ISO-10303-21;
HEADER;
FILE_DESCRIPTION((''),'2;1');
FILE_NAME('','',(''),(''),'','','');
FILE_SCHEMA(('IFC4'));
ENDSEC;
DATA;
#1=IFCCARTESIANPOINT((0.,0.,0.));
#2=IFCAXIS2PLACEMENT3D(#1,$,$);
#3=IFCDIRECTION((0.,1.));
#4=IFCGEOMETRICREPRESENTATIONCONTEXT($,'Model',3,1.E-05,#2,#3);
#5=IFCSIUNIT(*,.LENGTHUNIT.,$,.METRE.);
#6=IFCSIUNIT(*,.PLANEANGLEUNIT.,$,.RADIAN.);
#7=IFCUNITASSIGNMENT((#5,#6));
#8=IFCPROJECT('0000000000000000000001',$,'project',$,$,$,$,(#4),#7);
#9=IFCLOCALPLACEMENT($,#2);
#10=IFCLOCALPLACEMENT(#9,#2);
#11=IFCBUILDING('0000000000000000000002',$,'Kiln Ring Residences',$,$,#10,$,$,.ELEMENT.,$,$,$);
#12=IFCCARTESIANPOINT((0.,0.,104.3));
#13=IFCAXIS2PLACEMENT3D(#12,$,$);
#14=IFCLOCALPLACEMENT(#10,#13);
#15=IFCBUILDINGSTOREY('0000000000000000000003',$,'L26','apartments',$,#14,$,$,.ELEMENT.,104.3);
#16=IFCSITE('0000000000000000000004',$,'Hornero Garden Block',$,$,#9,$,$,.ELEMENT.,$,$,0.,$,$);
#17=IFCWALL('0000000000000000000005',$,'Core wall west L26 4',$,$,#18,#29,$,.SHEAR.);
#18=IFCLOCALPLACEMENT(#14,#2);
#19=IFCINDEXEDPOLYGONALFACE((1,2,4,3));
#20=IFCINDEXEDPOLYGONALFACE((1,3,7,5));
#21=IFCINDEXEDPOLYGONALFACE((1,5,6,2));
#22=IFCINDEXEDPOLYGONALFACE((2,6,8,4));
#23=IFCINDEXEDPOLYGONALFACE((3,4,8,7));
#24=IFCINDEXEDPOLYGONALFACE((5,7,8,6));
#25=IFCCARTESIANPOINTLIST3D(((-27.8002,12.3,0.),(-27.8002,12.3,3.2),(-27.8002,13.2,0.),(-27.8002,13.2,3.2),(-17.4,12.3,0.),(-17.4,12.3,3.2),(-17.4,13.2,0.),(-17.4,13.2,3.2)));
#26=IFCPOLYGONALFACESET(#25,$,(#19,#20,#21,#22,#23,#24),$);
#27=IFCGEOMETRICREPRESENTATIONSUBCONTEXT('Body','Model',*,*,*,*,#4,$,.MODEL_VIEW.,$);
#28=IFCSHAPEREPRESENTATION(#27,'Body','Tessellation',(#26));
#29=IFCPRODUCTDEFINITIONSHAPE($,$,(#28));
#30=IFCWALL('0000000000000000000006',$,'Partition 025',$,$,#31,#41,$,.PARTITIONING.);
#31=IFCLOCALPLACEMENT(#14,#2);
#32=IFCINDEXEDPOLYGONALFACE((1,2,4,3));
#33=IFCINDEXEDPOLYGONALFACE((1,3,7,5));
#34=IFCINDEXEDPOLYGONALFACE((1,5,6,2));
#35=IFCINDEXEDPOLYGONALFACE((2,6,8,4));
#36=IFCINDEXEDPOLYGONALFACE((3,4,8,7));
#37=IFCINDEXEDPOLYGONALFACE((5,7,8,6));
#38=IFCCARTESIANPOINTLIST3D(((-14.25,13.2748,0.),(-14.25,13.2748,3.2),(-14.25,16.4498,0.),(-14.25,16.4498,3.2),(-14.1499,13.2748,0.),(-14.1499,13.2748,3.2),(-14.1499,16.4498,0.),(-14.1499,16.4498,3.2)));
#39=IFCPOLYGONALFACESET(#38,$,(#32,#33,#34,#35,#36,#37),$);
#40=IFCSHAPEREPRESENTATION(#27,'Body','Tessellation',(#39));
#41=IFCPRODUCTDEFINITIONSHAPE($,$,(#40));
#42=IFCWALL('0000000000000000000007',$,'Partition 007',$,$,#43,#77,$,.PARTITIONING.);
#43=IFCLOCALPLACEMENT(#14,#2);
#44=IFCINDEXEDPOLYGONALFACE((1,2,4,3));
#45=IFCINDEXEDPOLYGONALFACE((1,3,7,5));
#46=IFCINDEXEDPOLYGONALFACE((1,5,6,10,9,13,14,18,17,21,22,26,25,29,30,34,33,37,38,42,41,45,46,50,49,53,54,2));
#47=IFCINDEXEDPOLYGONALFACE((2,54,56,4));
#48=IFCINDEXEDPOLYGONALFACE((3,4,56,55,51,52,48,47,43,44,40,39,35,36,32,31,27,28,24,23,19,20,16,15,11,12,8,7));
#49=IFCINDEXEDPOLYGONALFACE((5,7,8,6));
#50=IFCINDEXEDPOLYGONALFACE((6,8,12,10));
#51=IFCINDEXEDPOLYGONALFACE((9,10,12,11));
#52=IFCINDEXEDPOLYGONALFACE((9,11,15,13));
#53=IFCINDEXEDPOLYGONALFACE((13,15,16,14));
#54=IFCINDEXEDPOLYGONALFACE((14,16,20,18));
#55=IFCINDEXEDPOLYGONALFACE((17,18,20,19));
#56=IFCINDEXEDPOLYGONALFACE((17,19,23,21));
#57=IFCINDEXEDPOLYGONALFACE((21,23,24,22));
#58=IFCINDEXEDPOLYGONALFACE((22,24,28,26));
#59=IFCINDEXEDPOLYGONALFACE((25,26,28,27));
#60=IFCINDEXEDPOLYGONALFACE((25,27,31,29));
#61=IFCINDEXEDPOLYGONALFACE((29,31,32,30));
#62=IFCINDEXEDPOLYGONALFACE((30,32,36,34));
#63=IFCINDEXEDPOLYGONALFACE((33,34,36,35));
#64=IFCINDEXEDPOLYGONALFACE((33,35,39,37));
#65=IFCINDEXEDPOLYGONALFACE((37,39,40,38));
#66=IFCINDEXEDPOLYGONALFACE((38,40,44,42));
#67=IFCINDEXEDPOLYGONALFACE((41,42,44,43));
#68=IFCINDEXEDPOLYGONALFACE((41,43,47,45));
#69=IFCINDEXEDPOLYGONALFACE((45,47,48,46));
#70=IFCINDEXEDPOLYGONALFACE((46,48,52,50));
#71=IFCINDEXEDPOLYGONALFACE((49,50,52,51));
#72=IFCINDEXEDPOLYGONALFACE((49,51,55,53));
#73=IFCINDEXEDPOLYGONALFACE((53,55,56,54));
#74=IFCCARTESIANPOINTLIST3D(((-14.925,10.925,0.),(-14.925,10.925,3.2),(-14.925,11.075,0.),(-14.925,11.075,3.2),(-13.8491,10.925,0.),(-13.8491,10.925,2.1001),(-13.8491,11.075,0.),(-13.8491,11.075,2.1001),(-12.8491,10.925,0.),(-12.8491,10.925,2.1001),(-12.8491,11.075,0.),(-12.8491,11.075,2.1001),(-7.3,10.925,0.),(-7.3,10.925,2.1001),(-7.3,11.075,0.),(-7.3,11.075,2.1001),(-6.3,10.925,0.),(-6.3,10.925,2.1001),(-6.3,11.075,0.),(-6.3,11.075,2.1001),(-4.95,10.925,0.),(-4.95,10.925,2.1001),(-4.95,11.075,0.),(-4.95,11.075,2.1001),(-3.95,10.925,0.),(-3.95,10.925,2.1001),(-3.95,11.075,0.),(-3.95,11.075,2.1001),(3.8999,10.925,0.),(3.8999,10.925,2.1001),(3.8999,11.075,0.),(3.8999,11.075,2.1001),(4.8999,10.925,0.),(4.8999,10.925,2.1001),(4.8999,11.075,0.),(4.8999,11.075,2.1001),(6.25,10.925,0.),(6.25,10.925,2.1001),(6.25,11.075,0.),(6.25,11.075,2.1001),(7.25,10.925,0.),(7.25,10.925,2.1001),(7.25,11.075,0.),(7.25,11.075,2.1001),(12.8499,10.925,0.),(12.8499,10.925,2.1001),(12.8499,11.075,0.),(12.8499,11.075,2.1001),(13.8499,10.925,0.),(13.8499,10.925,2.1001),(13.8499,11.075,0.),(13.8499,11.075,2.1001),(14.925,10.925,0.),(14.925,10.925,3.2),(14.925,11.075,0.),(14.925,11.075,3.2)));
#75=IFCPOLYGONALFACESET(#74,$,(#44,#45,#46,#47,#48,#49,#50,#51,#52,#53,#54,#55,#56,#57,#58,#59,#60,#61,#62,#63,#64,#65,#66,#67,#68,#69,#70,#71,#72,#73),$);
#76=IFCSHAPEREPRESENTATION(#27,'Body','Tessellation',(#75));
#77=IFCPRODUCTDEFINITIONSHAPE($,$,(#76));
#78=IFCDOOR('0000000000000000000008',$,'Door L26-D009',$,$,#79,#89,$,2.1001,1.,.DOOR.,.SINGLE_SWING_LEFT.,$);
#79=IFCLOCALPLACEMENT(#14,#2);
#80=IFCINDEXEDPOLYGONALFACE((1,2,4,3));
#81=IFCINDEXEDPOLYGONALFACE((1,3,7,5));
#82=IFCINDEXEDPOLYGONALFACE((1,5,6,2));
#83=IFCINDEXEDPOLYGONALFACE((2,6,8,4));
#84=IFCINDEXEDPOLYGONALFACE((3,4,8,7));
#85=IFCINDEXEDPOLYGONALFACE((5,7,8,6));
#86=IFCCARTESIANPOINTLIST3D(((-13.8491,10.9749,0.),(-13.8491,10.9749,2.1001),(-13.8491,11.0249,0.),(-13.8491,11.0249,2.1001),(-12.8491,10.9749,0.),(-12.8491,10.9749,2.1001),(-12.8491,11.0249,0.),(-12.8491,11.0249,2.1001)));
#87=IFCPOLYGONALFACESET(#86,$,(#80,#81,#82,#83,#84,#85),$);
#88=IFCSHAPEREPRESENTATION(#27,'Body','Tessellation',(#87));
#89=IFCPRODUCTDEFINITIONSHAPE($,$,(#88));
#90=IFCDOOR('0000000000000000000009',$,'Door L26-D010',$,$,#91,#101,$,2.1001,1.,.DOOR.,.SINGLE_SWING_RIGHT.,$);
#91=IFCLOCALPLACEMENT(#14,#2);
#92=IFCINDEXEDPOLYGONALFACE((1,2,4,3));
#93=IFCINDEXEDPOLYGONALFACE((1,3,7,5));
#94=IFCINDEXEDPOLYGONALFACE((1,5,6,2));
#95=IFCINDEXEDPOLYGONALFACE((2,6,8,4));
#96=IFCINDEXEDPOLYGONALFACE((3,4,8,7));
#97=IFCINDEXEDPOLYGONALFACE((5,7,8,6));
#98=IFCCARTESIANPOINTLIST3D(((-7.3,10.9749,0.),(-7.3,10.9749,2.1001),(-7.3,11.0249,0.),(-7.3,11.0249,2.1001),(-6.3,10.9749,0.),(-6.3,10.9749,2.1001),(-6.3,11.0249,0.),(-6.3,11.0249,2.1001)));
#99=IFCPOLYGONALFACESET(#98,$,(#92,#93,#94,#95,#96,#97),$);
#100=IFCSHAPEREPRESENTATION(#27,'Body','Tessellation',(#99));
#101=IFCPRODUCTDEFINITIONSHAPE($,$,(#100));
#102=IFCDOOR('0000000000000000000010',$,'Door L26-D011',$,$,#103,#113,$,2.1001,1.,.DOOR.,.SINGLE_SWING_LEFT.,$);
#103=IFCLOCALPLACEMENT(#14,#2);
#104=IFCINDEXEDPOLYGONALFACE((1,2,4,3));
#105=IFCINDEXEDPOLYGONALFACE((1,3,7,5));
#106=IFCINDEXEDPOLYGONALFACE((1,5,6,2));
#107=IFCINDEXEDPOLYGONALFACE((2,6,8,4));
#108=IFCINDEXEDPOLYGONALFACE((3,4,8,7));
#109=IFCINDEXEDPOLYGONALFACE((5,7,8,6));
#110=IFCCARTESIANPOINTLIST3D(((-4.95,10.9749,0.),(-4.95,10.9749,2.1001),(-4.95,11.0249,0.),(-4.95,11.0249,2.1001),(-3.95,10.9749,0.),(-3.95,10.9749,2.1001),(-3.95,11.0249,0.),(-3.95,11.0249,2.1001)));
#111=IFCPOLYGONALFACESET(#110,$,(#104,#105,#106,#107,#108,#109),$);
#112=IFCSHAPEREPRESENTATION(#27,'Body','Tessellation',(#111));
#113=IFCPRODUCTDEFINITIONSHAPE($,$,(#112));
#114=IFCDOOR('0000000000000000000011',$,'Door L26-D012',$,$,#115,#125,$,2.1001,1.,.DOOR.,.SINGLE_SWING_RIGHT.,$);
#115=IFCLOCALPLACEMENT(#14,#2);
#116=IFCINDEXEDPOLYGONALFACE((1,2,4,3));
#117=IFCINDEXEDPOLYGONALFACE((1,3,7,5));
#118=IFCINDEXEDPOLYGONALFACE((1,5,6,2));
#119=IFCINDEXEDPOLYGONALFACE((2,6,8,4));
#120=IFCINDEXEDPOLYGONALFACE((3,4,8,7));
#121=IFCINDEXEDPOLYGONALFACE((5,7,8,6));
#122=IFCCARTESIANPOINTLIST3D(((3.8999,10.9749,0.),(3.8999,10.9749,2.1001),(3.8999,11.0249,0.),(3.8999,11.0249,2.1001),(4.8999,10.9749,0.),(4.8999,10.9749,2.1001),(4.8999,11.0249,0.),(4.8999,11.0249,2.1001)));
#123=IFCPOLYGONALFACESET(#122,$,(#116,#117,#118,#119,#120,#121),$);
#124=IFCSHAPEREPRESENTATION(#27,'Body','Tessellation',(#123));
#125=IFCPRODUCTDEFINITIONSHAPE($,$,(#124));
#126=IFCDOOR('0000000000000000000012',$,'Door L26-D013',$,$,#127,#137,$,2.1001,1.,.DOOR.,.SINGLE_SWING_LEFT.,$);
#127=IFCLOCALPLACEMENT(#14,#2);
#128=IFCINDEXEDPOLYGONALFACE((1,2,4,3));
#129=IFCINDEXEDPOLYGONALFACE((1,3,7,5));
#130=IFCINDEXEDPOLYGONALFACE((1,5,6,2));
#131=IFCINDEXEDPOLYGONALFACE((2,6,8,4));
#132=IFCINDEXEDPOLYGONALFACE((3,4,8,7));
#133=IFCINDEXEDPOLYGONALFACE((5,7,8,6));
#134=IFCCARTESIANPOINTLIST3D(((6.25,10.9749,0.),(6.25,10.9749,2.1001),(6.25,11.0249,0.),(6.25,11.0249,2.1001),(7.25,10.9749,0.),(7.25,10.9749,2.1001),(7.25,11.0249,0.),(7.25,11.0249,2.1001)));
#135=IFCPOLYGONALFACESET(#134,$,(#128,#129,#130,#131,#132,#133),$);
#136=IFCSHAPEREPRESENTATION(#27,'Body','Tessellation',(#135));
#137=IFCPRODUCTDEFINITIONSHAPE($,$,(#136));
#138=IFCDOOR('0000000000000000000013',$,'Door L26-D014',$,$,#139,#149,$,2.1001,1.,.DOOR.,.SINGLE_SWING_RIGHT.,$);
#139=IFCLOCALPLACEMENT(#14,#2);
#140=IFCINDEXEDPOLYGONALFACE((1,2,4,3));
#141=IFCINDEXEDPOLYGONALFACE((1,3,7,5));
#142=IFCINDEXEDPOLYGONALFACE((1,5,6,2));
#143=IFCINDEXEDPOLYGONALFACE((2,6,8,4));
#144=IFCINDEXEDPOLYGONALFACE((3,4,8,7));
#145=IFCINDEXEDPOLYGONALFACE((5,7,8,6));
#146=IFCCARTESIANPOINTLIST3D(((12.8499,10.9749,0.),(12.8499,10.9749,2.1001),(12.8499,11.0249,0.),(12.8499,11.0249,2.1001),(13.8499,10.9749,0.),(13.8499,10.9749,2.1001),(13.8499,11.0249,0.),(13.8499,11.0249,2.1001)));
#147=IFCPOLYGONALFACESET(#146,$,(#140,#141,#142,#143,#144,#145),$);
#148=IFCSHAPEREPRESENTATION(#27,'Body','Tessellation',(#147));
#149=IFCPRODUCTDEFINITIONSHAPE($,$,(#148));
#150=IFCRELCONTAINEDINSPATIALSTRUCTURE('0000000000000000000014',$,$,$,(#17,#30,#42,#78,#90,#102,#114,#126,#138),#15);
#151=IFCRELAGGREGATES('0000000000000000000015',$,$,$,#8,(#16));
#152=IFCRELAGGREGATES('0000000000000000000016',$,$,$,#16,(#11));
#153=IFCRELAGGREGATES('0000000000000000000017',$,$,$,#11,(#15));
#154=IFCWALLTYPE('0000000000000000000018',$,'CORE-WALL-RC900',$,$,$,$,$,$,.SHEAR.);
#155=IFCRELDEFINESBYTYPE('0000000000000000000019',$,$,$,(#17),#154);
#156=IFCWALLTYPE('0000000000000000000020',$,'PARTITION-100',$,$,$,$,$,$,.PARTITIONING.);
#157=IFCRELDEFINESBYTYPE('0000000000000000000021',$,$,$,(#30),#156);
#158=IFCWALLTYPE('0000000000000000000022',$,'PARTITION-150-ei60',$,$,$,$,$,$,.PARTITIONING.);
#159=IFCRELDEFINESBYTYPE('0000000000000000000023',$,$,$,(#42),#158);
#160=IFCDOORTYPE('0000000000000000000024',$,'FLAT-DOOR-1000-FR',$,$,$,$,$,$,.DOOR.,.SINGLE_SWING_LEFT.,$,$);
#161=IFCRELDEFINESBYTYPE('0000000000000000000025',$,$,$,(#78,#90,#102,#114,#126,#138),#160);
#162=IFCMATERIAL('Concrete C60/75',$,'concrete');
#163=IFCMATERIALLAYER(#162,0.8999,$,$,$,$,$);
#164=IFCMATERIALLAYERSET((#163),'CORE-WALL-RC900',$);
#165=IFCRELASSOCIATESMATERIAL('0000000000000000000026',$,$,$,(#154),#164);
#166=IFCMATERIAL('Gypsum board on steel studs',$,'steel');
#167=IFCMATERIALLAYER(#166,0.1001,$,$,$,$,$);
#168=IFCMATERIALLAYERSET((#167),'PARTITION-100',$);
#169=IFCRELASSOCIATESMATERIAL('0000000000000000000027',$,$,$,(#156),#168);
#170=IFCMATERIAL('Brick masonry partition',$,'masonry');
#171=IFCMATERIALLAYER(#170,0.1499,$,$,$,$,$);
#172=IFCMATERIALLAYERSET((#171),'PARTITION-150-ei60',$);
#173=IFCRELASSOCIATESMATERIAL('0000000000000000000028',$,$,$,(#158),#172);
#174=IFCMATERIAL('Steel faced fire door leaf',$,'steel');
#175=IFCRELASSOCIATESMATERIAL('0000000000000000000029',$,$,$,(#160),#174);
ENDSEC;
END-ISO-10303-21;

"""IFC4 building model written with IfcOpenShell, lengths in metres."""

from ifc_helpers import new_model, si_unit, direction, frame, frame_2d, origin, place, context, subcontext, project, spatial, rectangle, extrude, material, layer, layer_set, type_object, element, fill, save


model = new_model("IFC4")

# Units and contexts
model_context = context("Model", 3, precision=1e-05, world=origin(), true_north=direction((0.0, 1.0)))
body_context = subcontext(model_context, "Body", "Model", "MODEL_VIEW")
ifc_project = project(units=[si_unit("LENGTHUNIT", "METRE"), si_unit("PLANEANGLEUNIT", "RADIAN")], contexts=[model_context])

# Site, building, storey
site_placement = place(None, origin())
site = spatial("IfcSite", under=ifc_project, at=site_placement, Name="Hornero Garden Block", CompositionType="ELEMENT", RefElevation=0.0)
building_placement = place(site_placement, origin())
building = spatial("IfcBuilding", under=site, at=building_placement, Name="Kiln Ring Residences", CompositionType="ELEMENT")
storey_placement = place(building_placement, frame((0.0, 0.0, 104.3)))
storey = spatial("IfcBuildingStorey", under=building, at=storey_placement, Name="L26", Description="apartments", CompositionType="ELEMENT", Elevation=104.3)

# Walls
ifc_material_1 = material(Name="Concrete C60/75", Category="concrete")
ifc_layer_1 = layer(ifc_material_1, 0.8999)
ifc_layer_set_1 = layer_set([ifc_layer_1], Name="CORE-WALL-RC900")
wall_type_1 = type_object("IfcWallType", Name="CORE-WALL-RC900", PredefinedType="SHEAR", material=ifc_layer_set_1)
wall_1_placement = place(storey_placement, frame((-17.3999, 12.75, 0.0), z_axis=(0.0, 0.0, 1.0), x_axis=(-1.0, 0.0, 0.0)))
element("IfcWall", 1, at=wall_1_placement, inside=storey, type_object=wall_type_1, Name="Core wall west L26 4", PredefinedType="SHEAR", context=body_context, shape_type="SweptSolid", body=[
    extrude(rectangle(XDim=10.4001, YDim=0.8999, at=frame_2d((5.2002, 0.0))), origin(), (0.0, 0.0, 1.0), 3.2),
])
ifc_material_2 = material(Name="Gypsum board on steel studs", Category="steel")
ifc_layer_2 = layer(ifc_material_2, 0.1001)
ifc_layer_set_2 = layer_set([ifc_layer_2], Name="PARTITION-100")
wall_type_2 = type_object("IfcWallType", Name="PARTITION-100", PredefinedType="PARTITIONING", material=ifc_layer_set_2)
wall_2_placement = place(storey_placement, frame((-14.2, 13.2749, 0.0), z_axis=(0.0, 0.0, 1.0), x_axis=(0.0, 1.0, 0.0)))
element("IfcWall", 2, at=wall_2_placement, inside=storey, type_object=wall_type_2, Name="Partition 025", PredefinedType="PARTITIONING", context=body_context, shape_type="SweptSolid", body=[
    extrude(rectangle(XDim=3.175, YDim=0.1001, at=frame_2d((1.5874, 0.0))), origin(), (0.0, 0.0, 1.0), 3.2),
])

# Wall, openings, doors
ifc_material_3 = material(Name="Brick masonry partition", Category="masonry")
ifc_layer_3 = layer(ifc_material_3, 0.1499)
ifc_layer_set_3 = layer_set([ifc_layer_3], Name="PARTITION-150-ei60")
wall_type_3 = type_object("IfcWallType", Name="PARTITION-150-ei60", PredefinedType="PARTITIONING", material=ifc_layer_set_3)
wall_3_placement = place(storey_placement, frame((-14.925, 11.0, 0.0), z_axis=(0.0, 0.0, 1.0), x_axis=(1.0, 0.0, 0.0)))
wall_3 = element("IfcWall", 3, at=wall_3_placement, inside=storey, type_object=wall_type_3, Name="Partition 007", PredefinedType="PARTITIONING", context=body_context, shape_type="SweptSolid", body=[
    extrude(rectangle(XDim=29.8501, YDim=0.1499, at=frame_2d((14.925, 0.0))), origin(), (0.0, 0.0, 1.0), 3.2),
])
opening_1_placement = place(wall_3_placement, frame((1.0759, 0.0, 0.0)))
opening_1 = element("IfcOpeningElement", 4, at=opening_1_placement, cuts=wall_3, PredefinedType="OPENING", context=body_context, shape_type="SweptSolid", body=[
    extrude(rectangle(XDim=1.0, YDim=2.1001, at=frame_2d((0.5, 1.05))), frame((0.0, 0.085, 0.0), z_axis=(0.0, -1.0, 0.0), x_axis=(1.0, 0.0, 0.0)), (0.0, 0.0, 1.0), 0.1699),
])
opening_2_placement = place(wall_3_placement, frame((7.625, 0.0, 0.0)))
opening_2 = element("IfcOpeningElement", 5, at=opening_2_placement, cuts=wall_3, PredefinedType="OPENING", context=body_context, shape_type="SweptSolid", body=[
    extrude(rectangle(XDim=1.0, YDim=2.1001, at=frame_2d((0.5, 1.05))), frame((0.0, 0.085, 0.0), z_axis=(0.0, -1.0, 0.0), x_axis=(1.0, 0.0, 0.0)), (0.0, 0.0, 1.0), 0.1699),
])
opening_3_placement = place(wall_3_placement, frame((9.9751, 0.0, 0.0)))
opening_3 = element("IfcOpeningElement", 6, at=opening_3_placement, cuts=wall_3, PredefinedType="OPENING", context=body_context, shape_type="SweptSolid", body=[
    extrude(rectangle(XDim=1.0, YDim=2.1001, at=frame_2d((0.5, 1.05))), frame((0.0, 0.085, 0.0), z_axis=(0.0, -1.0, 0.0), x_axis=(1.0, 0.0, 0.0)), (0.0, 0.0, 1.0), 0.1699),
])
opening_4_placement = place(wall_3_placement, frame((18.825, 0.0, 0.0)))
opening_4 = element("IfcOpeningElement", 7, at=opening_4_placement, cuts=wall_3, PredefinedType="OPENING", context=body_context, shape_type="SweptSolid", body=[
    extrude(rectangle(XDim=1.0, YDim=2.1001, at=frame_2d((0.5, 1.05))), frame((0.0, 0.085, 0.0), z_axis=(0.0, -1.0, 0.0), x_axis=(1.0, 0.0, 0.0)), (0.0, 0.0, 1.0), 0.1699),
])
opening_5_placement = place(wall_3_placement, frame((21.175, 0.0, 0.0)))
opening_5 = element("IfcOpeningElement", 8, at=opening_5_placement, cuts=wall_3, PredefinedType="OPENING", context=body_context, shape_type="SweptSolid", body=[
    extrude(rectangle(XDim=1.0, YDim=2.1001, at=frame_2d((0.5, 1.05))), frame((0.0, 0.085, 0.0), z_axis=(0.0, -1.0, 0.0), x_axis=(1.0, 0.0, 0.0)), (0.0, 0.0, 1.0), 0.1699),
])
opening_6_placement = place(wall_3_placement, frame((27.7749, 0.0, 0.0)))
opening_6 = element("IfcOpeningElement", 9, at=opening_6_placement, cuts=wall_3, PredefinedType="OPENING", context=body_context, shape_type="SweptSolid", body=[
    extrude(rectangle(XDim=1.0, YDim=2.1001, at=frame_2d((0.5, 1.05))), frame((0.0, 0.085, 0.0), z_axis=(0.0, -1.0, 0.0), x_axis=(1.0, 0.0, 0.0)), (0.0, 0.0, 1.0), 0.1699),
])
ifc_material_4 = material(Name="Steel faced fire door leaf", Category="steel")
door_type = type_object("IfcDoorType", Name="FLAT-DOOR-1000-FR", OperationType="SINGLE_SWING_LEFT", PredefinedType="DOOR", material=ifc_material_4)
door_1_placement = place(opening_1_placement, origin())
door_1 = element("IfcDoor", 10, at=door_1_placement, inside=storey, type_object=door_type, Name="Door L26-D009", OperationType="SINGLE_SWING_LEFT", OverallHeight=2.1001, OverallWidth=1.0, PredefinedType="DOOR", context=body_context, shape_type="SweptSolid", body=[
    extrude(rectangle(XDim=1.0, YDim=2.1001, at=frame_2d((0.5, 1.05))), frame((0.0, 0.0249, 0.0), z_axis=(0.0, -1.0, 0.0), x_axis=(1.0, 0.0, 0.0)), (0.0, 0.0, 1.0), 0.05),
])
fill(opening_1, door_1)
door_2_placement = place(opening_2_placement, origin())
door_2 = element("IfcDoor", 11, at=door_2_placement, inside=storey, type_object=door_type, Name="Door L26-D010", OperationType="SINGLE_SWING_RIGHT", OverallHeight=2.1001, OverallWidth=1.0, PredefinedType="DOOR", context=body_context, shape_type="SweptSolid", body=[
    extrude(rectangle(XDim=1.0, YDim=2.1001, at=frame_2d((0.5, 1.05))), frame((0.0, 0.0249, 0.0), z_axis=(0.0, -1.0, 0.0), x_axis=(1.0, 0.0, 0.0)), (0.0, 0.0, 1.0), 0.05),
])
fill(opening_2, door_2)
door_3_placement = place(opening_3_placement, origin())
door_3 = element("IfcDoor", 12, at=door_3_placement, inside=storey, type_object=door_type, Name="Door L26-D011", OperationType="SINGLE_SWING_LEFT", OverallHeight=2.1001, OverallWidth=1.0, PredefinedType="DOOR", context=body_context, shape_type="SweptSolid", body=[
    extrude(rectangle(XDim=1.0, YDim=2.1001, at=frame_2d((0.5, 1.05))), frame((0.0, 0.0249, 0.0), z_axis=(0.0, -1.0, 0.0), x_axis=(1.0, 0.0, 0.0)), (0.0, 0.0, 1.0), 0.05),
])
fill(opening_3, door_3)
door_4_placement = place(opening_4_placement, origin())
door_4 = element("IfcDoor", 13, at=door_4_placement, inside=storey, type_object=door_type, Name="Door L26-D012", OperationType="SINGLE_SWING_RIGHT", OverallHeight=2.1001, OverallWidth=1.0, PredefinedType="DOOR", context=body_context, shape_type="SweptSolid", body=[
    extrude(rectangle(XDim=1.0, YDim=2.1001, at=frame_2d((0.5, 1.05))), frame((0.0, 0.0249, 0.0), z_axis=(0.0, -1.0, 0.0), x_axis=(1.0, 0.0, 0.0)), (0.0, 0.0, 1.0), 0.05),
])
fill(opening_4, door_4)
door_5_placement = place(opening_5_placement, origin())
door_5 = element("IfcDoor", 14, at=door_5_placement, inside=storey, type_object=door_type, Name="Door L26-D013", OperationType="SINGLE_SWING_LEFT", OverallHeight=2.1001, OverallWidth=1.0, PredefinedType="DOOR", context=body_context, shape_type="SweptSolid", body=[
    extrude(rectangle(XDim=1.0, YDim=2.1001, at=frame_2d((0.5, 1.05))), frame((0.0, 0.0249, 0.0), z_axis=(0.0, -1.0, 0.0), x_axis=(1.0, 0.0, 0.0)), (0.0, 0.0, 1.0), 0.05),
])
fill(opening_5, door_5)
door_6_placement = place(opening_6_placement, origin())
door_6 = element("IfcDoor", 15, at=door_6_placement, inside=storey, type_object=door_type, Name="Door L26-D014", OperationType="SINGLE_SWING_RIGHT", OverallHeight=2.1001, OverallWidth=1.0, PredefinedType="DOOR", context=body_context, shape_type="SweptSolid", body=[
    extrude(rectangle(XDim=1.0, YDim=2.1001, at=frame_2d((0.5, 1.05))), frame((0.0, 0.0249, 0.0), z_axis=(0.0, -1.0, 0.0), x_axis=(1.0, 0.0, 0.0)), (0.0, 0.0, 1.0), 0.05),
])
fill(opening_6, door_6)

save(model, "model.ifc")
